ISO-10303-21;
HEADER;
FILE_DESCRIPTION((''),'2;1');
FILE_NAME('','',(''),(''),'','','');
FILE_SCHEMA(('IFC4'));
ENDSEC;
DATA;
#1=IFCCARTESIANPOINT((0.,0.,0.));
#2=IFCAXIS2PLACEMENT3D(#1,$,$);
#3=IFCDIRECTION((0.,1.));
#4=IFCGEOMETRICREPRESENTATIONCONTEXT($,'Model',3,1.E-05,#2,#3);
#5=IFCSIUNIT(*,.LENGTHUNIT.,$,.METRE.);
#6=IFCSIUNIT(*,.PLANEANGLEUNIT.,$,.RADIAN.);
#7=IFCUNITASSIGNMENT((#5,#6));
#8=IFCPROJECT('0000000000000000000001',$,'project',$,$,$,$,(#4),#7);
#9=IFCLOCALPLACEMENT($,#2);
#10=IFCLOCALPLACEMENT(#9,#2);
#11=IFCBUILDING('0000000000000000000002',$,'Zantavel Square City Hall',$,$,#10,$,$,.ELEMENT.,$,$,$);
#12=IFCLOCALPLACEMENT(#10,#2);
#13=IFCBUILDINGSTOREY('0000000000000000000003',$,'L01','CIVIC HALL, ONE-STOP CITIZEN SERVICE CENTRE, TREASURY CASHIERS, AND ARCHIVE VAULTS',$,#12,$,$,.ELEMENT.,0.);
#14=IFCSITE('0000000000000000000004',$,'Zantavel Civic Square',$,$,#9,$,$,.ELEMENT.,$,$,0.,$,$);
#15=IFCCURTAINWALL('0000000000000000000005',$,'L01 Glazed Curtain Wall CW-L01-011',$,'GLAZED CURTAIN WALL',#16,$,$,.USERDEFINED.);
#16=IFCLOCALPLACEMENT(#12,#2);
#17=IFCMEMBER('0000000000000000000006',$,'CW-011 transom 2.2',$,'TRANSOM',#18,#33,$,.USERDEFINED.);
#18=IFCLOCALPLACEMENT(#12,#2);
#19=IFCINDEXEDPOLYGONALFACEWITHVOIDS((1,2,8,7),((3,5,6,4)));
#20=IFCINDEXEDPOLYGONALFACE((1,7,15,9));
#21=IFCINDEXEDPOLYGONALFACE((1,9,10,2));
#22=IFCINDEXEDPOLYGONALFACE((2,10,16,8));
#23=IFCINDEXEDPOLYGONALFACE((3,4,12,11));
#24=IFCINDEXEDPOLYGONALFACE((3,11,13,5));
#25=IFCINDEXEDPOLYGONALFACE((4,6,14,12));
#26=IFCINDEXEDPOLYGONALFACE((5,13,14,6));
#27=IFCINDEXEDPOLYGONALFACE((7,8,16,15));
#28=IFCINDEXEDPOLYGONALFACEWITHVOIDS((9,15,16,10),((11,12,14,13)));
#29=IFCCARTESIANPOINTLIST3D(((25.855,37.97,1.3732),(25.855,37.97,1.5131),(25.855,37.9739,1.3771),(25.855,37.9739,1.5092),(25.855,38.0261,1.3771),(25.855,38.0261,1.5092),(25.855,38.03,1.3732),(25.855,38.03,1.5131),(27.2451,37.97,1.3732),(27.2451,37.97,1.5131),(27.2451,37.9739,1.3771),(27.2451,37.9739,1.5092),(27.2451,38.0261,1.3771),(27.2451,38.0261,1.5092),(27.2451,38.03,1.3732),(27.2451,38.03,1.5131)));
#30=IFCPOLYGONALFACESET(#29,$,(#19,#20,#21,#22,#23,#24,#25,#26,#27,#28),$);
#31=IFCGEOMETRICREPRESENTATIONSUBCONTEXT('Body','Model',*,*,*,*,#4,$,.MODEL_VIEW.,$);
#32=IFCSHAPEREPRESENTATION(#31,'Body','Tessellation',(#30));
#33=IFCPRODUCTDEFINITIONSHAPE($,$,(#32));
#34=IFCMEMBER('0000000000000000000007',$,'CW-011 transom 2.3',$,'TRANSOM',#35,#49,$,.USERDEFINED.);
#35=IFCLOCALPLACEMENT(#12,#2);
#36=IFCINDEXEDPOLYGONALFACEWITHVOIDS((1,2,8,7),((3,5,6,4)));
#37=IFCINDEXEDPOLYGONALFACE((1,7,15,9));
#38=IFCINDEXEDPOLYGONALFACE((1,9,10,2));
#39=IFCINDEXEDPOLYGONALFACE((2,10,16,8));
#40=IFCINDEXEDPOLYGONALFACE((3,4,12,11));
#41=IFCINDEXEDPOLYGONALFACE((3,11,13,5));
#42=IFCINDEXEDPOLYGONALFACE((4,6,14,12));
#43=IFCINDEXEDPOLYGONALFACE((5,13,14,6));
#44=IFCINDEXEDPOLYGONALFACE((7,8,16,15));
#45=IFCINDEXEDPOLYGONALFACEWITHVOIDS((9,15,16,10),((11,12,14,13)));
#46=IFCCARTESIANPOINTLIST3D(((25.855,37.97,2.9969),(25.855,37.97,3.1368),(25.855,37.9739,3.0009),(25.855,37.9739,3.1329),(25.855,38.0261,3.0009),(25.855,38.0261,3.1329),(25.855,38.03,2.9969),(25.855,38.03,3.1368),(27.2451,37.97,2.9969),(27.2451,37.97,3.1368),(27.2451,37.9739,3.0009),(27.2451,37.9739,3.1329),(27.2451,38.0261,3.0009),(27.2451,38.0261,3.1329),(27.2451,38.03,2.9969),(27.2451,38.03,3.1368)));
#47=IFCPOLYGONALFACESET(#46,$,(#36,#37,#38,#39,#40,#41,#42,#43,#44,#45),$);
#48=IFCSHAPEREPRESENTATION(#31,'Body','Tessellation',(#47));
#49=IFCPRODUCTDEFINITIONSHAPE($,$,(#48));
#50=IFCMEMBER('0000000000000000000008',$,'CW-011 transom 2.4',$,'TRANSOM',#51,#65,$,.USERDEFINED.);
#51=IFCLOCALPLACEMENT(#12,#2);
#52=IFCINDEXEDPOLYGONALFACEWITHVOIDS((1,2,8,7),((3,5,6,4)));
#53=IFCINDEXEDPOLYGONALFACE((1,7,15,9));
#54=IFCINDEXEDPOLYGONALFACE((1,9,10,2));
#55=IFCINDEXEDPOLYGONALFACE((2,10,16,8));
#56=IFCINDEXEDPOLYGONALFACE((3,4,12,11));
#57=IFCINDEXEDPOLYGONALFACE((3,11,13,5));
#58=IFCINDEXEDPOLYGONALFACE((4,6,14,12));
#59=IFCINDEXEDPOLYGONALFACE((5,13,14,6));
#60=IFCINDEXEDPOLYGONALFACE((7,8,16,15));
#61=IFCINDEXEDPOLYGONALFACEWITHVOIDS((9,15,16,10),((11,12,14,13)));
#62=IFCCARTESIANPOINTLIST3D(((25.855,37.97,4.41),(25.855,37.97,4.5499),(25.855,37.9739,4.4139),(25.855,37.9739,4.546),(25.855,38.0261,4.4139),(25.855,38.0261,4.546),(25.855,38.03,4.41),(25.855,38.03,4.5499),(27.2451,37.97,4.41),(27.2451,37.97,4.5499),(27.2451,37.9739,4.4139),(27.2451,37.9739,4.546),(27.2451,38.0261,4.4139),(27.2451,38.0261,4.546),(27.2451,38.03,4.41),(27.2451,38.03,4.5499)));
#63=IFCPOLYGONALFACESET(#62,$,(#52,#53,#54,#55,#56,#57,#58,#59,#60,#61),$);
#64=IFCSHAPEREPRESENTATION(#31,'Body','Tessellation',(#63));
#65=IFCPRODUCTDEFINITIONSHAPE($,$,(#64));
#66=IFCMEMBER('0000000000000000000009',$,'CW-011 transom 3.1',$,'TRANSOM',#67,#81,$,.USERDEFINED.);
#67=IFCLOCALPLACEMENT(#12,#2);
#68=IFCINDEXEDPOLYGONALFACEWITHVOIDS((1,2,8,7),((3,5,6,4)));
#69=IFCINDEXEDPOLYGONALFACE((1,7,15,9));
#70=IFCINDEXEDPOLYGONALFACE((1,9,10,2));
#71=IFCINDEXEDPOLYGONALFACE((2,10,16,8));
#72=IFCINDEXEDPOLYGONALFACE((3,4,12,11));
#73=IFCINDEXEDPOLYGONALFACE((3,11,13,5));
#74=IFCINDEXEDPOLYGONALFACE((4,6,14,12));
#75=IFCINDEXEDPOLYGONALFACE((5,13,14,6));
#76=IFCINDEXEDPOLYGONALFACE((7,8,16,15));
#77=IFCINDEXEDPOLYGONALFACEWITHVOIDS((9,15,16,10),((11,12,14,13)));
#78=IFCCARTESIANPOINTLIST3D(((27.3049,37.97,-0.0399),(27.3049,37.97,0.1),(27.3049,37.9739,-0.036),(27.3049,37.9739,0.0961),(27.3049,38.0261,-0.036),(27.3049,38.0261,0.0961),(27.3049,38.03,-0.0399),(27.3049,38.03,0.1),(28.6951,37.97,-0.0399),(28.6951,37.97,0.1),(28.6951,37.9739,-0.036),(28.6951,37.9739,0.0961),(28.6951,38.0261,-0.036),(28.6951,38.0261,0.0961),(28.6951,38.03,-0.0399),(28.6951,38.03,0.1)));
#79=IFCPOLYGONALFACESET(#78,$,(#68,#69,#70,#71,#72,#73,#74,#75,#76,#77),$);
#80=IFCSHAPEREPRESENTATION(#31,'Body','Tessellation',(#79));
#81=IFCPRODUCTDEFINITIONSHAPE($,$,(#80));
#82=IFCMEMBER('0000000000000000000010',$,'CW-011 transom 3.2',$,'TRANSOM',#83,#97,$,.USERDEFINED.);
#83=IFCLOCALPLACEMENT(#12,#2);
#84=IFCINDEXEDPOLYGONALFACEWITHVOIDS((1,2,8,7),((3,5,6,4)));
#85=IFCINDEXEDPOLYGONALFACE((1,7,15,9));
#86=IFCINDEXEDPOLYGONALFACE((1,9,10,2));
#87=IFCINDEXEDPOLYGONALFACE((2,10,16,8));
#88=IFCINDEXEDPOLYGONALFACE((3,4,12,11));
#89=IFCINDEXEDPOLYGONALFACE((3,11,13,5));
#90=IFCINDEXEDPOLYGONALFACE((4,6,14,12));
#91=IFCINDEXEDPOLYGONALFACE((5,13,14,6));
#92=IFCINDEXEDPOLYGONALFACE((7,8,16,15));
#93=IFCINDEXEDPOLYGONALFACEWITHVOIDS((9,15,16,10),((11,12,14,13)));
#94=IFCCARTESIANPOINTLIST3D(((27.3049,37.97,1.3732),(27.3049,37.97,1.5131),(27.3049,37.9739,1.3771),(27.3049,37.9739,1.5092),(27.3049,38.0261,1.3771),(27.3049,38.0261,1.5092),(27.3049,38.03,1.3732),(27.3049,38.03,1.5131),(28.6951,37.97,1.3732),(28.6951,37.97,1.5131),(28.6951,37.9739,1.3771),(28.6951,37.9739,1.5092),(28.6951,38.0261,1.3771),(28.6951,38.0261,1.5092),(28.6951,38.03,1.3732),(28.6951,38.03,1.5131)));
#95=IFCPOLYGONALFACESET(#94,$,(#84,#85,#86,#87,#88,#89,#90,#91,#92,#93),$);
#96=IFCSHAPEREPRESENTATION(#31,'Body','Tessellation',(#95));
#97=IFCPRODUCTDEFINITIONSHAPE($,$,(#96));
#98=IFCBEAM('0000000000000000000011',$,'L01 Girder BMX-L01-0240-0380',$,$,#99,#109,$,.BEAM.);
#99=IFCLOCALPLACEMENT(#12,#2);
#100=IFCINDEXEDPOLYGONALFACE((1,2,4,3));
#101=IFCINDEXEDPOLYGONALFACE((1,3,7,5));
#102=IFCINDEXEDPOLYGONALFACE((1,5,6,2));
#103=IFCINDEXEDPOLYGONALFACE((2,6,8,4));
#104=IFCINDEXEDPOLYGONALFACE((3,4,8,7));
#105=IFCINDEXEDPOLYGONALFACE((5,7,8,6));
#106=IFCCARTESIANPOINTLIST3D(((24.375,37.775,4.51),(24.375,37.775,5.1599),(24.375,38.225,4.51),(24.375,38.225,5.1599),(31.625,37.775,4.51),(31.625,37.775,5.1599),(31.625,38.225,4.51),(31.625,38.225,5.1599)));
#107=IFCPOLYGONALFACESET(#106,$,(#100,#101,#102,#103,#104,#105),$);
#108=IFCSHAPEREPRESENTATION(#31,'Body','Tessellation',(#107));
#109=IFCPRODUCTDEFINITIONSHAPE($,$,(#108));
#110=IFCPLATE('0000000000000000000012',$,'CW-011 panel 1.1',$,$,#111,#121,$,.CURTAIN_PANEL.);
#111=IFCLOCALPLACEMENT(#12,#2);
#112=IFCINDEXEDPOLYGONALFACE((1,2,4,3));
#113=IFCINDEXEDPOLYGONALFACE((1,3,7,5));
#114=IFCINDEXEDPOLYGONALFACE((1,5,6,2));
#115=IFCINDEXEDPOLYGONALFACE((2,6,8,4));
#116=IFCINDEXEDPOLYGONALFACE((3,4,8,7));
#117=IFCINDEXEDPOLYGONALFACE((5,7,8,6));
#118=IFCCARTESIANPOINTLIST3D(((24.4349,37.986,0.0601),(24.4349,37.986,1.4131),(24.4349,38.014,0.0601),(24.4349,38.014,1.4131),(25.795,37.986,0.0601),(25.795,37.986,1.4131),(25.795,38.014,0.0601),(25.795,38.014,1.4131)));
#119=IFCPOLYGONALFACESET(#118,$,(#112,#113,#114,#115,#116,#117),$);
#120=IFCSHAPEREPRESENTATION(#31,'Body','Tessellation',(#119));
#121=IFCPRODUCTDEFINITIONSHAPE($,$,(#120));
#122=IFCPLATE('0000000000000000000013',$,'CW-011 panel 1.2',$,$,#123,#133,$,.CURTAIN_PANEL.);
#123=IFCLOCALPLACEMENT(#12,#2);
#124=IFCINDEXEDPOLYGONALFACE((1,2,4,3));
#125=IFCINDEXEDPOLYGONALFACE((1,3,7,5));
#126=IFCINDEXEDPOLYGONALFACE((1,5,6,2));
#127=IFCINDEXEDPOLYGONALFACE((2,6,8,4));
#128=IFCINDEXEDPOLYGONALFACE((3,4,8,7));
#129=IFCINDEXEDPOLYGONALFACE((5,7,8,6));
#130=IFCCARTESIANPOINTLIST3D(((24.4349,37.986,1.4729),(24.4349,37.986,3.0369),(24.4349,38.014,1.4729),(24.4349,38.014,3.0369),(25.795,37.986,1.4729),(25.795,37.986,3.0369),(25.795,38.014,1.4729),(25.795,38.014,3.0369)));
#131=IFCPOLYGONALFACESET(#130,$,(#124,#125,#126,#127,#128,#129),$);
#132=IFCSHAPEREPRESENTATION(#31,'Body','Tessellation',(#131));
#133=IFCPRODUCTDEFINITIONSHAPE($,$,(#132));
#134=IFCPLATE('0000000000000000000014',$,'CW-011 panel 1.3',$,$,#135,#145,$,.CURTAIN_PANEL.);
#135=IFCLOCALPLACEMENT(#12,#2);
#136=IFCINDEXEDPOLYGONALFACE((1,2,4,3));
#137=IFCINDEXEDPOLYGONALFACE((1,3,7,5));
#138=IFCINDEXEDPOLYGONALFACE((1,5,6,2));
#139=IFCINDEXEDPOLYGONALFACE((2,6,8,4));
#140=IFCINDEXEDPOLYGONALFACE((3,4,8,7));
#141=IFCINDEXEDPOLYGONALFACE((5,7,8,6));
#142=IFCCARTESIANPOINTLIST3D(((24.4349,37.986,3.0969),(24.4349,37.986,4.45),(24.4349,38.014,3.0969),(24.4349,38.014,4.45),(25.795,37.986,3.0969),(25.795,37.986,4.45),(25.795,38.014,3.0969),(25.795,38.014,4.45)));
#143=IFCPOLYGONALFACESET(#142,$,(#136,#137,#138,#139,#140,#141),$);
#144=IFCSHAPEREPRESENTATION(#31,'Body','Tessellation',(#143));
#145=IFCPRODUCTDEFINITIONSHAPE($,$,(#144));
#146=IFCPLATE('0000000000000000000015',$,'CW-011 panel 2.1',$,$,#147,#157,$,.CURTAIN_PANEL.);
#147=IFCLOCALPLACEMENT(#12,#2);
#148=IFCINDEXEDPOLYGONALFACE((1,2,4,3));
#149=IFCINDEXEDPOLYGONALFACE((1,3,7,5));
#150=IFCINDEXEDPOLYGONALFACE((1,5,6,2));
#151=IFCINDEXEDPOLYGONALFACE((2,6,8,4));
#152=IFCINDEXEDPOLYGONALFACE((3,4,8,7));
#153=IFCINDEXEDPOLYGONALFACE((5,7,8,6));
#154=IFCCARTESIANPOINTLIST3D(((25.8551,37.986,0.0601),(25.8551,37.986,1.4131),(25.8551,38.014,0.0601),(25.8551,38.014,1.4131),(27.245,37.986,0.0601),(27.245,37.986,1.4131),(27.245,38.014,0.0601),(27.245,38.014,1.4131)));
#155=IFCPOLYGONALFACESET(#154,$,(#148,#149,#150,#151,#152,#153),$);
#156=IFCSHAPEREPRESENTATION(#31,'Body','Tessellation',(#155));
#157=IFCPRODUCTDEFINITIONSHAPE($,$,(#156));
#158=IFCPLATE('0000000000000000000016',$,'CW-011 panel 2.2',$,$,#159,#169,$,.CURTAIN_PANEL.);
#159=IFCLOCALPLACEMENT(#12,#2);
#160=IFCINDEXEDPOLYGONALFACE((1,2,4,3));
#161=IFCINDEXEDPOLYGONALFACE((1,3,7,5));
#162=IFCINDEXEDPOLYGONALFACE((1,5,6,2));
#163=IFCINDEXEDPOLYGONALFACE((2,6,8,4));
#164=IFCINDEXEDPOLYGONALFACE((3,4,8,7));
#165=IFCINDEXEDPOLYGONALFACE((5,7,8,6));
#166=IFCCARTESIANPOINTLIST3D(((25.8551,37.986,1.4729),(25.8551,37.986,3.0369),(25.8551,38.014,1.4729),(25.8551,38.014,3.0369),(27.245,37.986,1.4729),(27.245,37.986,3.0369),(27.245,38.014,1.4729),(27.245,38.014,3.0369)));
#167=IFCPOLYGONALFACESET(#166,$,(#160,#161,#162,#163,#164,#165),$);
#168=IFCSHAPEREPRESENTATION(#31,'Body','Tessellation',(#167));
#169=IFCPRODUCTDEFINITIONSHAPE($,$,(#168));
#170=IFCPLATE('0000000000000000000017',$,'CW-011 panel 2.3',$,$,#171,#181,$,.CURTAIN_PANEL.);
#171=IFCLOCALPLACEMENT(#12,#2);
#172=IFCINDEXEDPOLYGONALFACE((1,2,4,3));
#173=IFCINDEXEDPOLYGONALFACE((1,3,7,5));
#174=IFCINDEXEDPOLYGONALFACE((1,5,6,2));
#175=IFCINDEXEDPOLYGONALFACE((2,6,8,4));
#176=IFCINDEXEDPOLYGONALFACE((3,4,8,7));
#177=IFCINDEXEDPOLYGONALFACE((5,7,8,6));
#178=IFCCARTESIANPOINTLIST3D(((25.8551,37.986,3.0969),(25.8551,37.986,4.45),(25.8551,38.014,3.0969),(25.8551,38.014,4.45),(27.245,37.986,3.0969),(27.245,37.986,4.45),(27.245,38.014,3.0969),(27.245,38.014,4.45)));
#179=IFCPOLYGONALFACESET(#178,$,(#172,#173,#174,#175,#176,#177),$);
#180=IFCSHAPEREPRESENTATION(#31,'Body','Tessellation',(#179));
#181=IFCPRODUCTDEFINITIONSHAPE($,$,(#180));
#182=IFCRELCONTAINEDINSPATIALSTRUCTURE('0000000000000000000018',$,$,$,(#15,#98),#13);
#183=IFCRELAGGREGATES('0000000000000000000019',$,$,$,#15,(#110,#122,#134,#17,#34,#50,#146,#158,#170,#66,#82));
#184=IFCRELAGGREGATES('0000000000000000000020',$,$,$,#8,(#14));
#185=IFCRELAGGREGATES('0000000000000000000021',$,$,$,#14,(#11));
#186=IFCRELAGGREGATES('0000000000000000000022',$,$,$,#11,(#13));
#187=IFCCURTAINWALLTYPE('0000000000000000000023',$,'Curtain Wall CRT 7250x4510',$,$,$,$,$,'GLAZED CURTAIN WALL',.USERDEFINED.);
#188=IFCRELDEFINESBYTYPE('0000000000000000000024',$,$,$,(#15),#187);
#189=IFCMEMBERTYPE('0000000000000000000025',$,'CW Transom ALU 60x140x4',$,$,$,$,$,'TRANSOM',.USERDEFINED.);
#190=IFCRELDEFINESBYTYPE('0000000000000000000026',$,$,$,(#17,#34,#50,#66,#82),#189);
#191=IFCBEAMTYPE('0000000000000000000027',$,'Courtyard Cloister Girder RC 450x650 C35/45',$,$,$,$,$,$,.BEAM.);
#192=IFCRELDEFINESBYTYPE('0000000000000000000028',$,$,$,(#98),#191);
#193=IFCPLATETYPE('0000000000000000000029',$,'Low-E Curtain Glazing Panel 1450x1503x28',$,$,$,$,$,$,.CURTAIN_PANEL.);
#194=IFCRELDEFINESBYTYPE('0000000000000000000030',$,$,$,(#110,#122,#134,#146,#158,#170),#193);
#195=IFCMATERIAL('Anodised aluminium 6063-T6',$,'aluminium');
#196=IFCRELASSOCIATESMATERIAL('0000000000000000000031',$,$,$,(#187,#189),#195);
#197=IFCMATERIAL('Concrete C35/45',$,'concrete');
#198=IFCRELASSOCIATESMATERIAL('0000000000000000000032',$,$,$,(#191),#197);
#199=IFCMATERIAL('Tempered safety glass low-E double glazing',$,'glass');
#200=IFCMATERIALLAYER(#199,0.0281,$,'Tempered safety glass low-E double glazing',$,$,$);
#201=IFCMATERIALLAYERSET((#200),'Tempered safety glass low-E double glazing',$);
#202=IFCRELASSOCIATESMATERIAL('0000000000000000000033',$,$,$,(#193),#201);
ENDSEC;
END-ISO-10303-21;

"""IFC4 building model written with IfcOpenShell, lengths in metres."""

from ifc_helpers import new_model, si_unit, direction, frame, origin, origin_2d, place, context, subcontext, project, spatial, rectangle, hollow_rectangle, extrude, material, layer, layer_set, material_profile, profile_set, type_object, element, aggregate, save


model = new_model("IFC4")

# Units and contexts
model_context = context("Model", 3, precision=1e-05, world=origin(), true_north=direction((0.0, 1.0)))
body_context = subcontext(model_context, "Body", "Model", "MODEL_VIEW")
ifc_project = project(units=[si_unit("LENGTHUNIT", "METRE"), si_unit("PLANEANGLEUNIT", "RADIAN")], contexts=[model_context])

# Site, building, storey
site_placement = place(None, origin())
site = spatial("IfcSite", under=ifc_project, at=site_placement, Name="Zantavel Civic Square", CompositionType="ELEMENT", RefElevation=0.0)
building_placement = place(site_placement, origin())
building = spatial("IfcBuilding", under=site, at=building_placement, Name="Zantavel Square City Hall", CompositionType="ELEMENT")
storey_placement = place(building_placement, origin())
storey = spatial("IfcBuildingStorey", under=building, at=storey_placement, Name="L01", Description="CIVIC HALL, ONE-STOP CITIZEN SERVICE CENTRE, TREASURY CASHIERS, AND ARCHIVE VAULTS", CompositionType="ELEMENT", Elevation=0.0)

# Curtain wall, members
ifc_material_1 = material(Name="Anodised aluminium 6063-T6", Category="aluminium")
curtain_wall_type = type_object("IfcCurtainWallType", Name="Curtain Wall CRT 7250x4510", ElementType="GLAZED CURTAIN WALL", PredefinedType="USERDEFINED", material=ifc_material_1)
curtain_wall_placement = place(storey_placement, origin())
curtain_wall = element("IfcCurtainWall", 1, at=curtain_wall_placement, inside=storey, type_object=curtain_wall_type, Name="L01 Glazed Curtain Wall CW-L01-011", ObjectType="GLAZED CURTAIN WALL", PredefinedType="USERDEFINED")
ifc_material_profile_1 = material_profile(ifc_material_1, hollow_rectangle(XDim=0.0601, YDim=0.1399, WallThickness=0.0039, at=origin_2d()), Name="ALU 60x140x4")
ifc_profile_set_1 = profile_set([ifc_material_profile_1], Name="Anodised aluminium 6063-T6")
member_type_1 = type_object("IfcMemberType", Name="CW Transom ALU 60x140x4", ElementType="TRANSOM", PredefinedType="USERDEFINED", material=ifc_profile_set_1)
member_1_placement = place(storey_placement, frame((25.855, 38.0, 1.4431), z_axis=(1.0, 0.0, 0.0), x_axis=(0.0, 1.0, 0.0)))
member_1 = element("IfcMember", 2, at=member_1_placement, type_object=member_type_1, Name="CW-011 transom 2.2", ObjectType="TRANSOM", PredefinedType="USERDEFINED", context=body_context, shape_type="SweptSolid", body=[
    extrude(hollow_rectangle(XDim=0.0601, YDim=0.1399, WallThickness=0.0039, at=origin_2d()), origin(), (0.0, 0.0, 1.0), 1.3901),
])
member_2_placement = place(storey_placement, frame((25.855, 38.0, 3.0669), z_axis=(1.0, 0.0, 0.0), x_axis=(0.0, 1.0, 0.0)))
member_2 = element("IfcMember", 3, at=member_2_placement, type_object=member_type_1, Name="CW-011 transom 2.3", ObjectType="TRANSOM", PredefinedType="USERDEFINED", context=body_context, shape_type="SweptSolid", body=[
    extrude(hollow_rectangle(XDim=0.0601, YDim=0.1399, WallThickness=0.0039, at=origin_2d()), origin(), (0.0, 0.0, 1.0), 1.3901),
])
member_3_placement = place(storey_placement, frame((25.855, 38.0, 4.48), z_axis=(1.0, 0.0, 0.0), x_axis=(0.0, 1.0, 0.0)))
member_3 = element("IfcMember", 4, at=member_3_placement, type_object=member_type_1, Name="CW-011 transom 2.4", ObjectType="TRANSOM", PredefinedType="USERDEFINED", context=body_context, shape_type="SweptSolid", body=[
    extrude(hollow_rectangle(XDim=0.0601, YDim=0.1399, WallThickness=0.0039, at=origin_2d()), origin(), (0.0, 0.0, 1.0), 1.3901),
])
member_4_placement = place(storey_placement, frame((27.3049, 38.0, 0.03), z_axis=(1.0, 0.0, 0.0), x_axis=(0.0, 1.0, 0.0)))
member_4 = element("IfcMember", 5, at=member_4_placement, type_object=member_type_1, Name="CW-011 transom 3.1", ObjectType="TRANSOM", PredefinedType="USERDEFINED", context=body_context, shape_type="SweptSolid", body=[
    extrude(hollow_rectangle(XDim=0.0601, YDim=0.1399, WallThickness=0.0039, at=origin_2d()), origin(), (0.0, 0.0, 1.0), 1.3901),
])
member_5_placement = place(storey_placement, frame((27.3049, 38.0, 1.4431), z_axis=(1.0, 0.0, 0.0), x_axis=(0.0, 1.0, 0.0)))
member_5 = element("IfcMember", 6, at=member_5_placement, type_object=member_type_1, Name="CW-011 transom 3.2", ObjectType="TRANSOM", PredefinedType="USERDEFINED", context=body_context, shape_type="SweptSolid", body=[
    extrude(hollow_rectangle(XDim=0.0601, YDim=0.1399, WallThickness=0.0039, at=origin_2d()), origin(), (0.0, 0.0, 1.0), 1.3901),
])

# Beam
ifc_material_2 = material(Name="Concrete C35/45", Category="concrete")
ifc_material_profile_2 = material_profile(ifc_material_2, rectangle(XDim=0.45, YDim=0.6499, at=origin_2d()), Name="RC 450x650")
ifc_profile_set_2 = profile_set([ifc_material_profile_2], Name="Concrete C35/45")
beam_type = type_object("IfcBeamType", Name="Courtyard Cloister Girder RC 450x650 C35/45", PredefinedType="BEAM", material=ifc_profile_set_2)
beam_placement = place(storey_placement, frame((24.375, 38.0, 4.835), z_axis=(1.0, 0.0, 0.0), x_axis=(0.0, 1.0, 0.0)))
element("IfcBeam", 7, at=beam_placement, inside=storey, type_object=beam_type, Name="L01 Girder BMX-L01-0240-0380", PredefinedType="BEAM", context=body_context, shape_type="SweptSolid", body=[
    extrude(rectangle(XDim=0.45, YDim=0.6499, at=origin_2d()), origin(), (0.0, 0.0, 1.0), 7.25),
])

# Plates
ifc_material_3 = material(Name="Tempered safety glass low-E double glazing", Category="glass")
ifc_layer = layer(ifc_material_3, 0.0281, Name="Tempered safety glass low-E double glazing")
ifc_layer_set = layer_set([ifc_layer], Name="Tempered safety glass low-E double glazing")
plate_type = type_object("IfcPlateType", Name="Low-E Curtain Glazing Panel 1450x1503x28", PredefinedType="CURTAIN_PANEL", material=ifc_layer_set)
plate_1_placement = place(storey_placement, frame((25.115, 38.0, 0.0601), z_axis=(0.0, 0.0, 1.0), x_axis=(1.0, 0.0, 0.0)))
plate_1 = element("IfcPlate", 8, at=plate_1_placement, type_object=plate_type, Name="CW-011 panel 1.1", PredefinedType="CURTAIN_PANEL", context=body_context, shape_type="SweptSolid", body=[
    extrude(rectangle(XDim=1.3601, YDim=0.0281, at=origin_2d()), origin(), (0.0, 0.0, 1.0), 1.353),
])
plate_2_placement = place(storey_placement, frame((25.115, 38.0, 1.4729), z_axis=(0.0, 0.0, 1.0), x_axis=(1.0, 0.0, 0.0)))
plate_2 = element("IfcPlate", 9, at=plate_2_placement, type_object=plate_type, Name="CW-011 panel 1.2", PredefinedType="CURTAIN_PANEL", context=body_context, shape_type="SweptSolid", body=[
    extrude(rectangle(XDim=1.3601, YDim=0.0281, at=origin_2d()), origin(), (0.0, 0.0, 1.0), 1.564),
])
plate_3_placement = place(storey_placement, frame((25.115, 38.0, 3.0969), z_axis=(0.0, 0.0, 1.0), x_axis=(1.0, 0.0, 0.0)))
plate_3 = element("IfcPlate", 10, at=plate_3_placement, type_object=plate_type, Name="CW-011 panel 1.3", PredefinedType="CURTAIN_PANEL", context=body_context, shape_type="SweptSolid", body=[
    extrude(rectangle(XDim=1.3601, YDim=0.0281, at=origin_2d()), origin(), (0.0, 0.0, 1.0), 1.353),
])
plate_4_placement = place(storey_placement, frame((26.55, 38.0, 0.0601), z_axis=(0.0, 0.0, 1.0), x_axis=(1.0, 0.0, 0.0)))
plate_4 = element("IfcPlate", 11, at=plate_4_placement, type_object=plate_type, Name="CW-011 panel 2.1", PredefinedType="CURTAIN_PANEL", context=body_context, shape_type="SweptSolid", body=[
    extrude(rectangle(XDim=1.3899, YDim=0.0281, at=origin_2d()), origin(), (0.0, 0.0, 1.0), 1.353),
])
plate_5_placement = place(storey_placement, frame((26.55, 38.0, 1.4729), z_axis=(0.0, 0.0, 1.0), x_axis=(1.0, 0.0, 0.0)))
plate_5 = element("IfcPlate", 12, at=plate_5_placement, type_object=plate_type, Name="CW-011 panel 2.2", PredefinedType="CURTAIN_PANEL", context=body_context, shape_type="SweptSolid", body=[
    extrude(rectangle(XDim=1.3899, YDim=0.0281, at=origin_2d()), origin(), (0.0, 0.0, 1.0), 1.564),
])
plate_6_placement = place(storey_placement, frame((26.55, 38.0, 3.0969), z_axis=(0.0, 0.0, 1.0), x_axis=(1.0, 0.0, 0.0)))
plate_6 = element("IfcPlate", 13, at=plate_6_placement, type_object=plate_type, Name="CW-011 panel 2.3", PredefinedType="CURTAIN_PANEL", context=body_context, shape_type="SweptSolid", body=[
    extrude(rectangle(XDim=1.3899, YDim=0.0281, at=origin_2d()), origin(), (0.0, 0.0, 1.0), 1.353),
])
aggregate(curtain_wall, [plate_1, plate_2, plate_3, member_1, member_2, member_3, plate_4, plate_5, plate_6, member_4, member_5])

save(model, "model.ifc")
